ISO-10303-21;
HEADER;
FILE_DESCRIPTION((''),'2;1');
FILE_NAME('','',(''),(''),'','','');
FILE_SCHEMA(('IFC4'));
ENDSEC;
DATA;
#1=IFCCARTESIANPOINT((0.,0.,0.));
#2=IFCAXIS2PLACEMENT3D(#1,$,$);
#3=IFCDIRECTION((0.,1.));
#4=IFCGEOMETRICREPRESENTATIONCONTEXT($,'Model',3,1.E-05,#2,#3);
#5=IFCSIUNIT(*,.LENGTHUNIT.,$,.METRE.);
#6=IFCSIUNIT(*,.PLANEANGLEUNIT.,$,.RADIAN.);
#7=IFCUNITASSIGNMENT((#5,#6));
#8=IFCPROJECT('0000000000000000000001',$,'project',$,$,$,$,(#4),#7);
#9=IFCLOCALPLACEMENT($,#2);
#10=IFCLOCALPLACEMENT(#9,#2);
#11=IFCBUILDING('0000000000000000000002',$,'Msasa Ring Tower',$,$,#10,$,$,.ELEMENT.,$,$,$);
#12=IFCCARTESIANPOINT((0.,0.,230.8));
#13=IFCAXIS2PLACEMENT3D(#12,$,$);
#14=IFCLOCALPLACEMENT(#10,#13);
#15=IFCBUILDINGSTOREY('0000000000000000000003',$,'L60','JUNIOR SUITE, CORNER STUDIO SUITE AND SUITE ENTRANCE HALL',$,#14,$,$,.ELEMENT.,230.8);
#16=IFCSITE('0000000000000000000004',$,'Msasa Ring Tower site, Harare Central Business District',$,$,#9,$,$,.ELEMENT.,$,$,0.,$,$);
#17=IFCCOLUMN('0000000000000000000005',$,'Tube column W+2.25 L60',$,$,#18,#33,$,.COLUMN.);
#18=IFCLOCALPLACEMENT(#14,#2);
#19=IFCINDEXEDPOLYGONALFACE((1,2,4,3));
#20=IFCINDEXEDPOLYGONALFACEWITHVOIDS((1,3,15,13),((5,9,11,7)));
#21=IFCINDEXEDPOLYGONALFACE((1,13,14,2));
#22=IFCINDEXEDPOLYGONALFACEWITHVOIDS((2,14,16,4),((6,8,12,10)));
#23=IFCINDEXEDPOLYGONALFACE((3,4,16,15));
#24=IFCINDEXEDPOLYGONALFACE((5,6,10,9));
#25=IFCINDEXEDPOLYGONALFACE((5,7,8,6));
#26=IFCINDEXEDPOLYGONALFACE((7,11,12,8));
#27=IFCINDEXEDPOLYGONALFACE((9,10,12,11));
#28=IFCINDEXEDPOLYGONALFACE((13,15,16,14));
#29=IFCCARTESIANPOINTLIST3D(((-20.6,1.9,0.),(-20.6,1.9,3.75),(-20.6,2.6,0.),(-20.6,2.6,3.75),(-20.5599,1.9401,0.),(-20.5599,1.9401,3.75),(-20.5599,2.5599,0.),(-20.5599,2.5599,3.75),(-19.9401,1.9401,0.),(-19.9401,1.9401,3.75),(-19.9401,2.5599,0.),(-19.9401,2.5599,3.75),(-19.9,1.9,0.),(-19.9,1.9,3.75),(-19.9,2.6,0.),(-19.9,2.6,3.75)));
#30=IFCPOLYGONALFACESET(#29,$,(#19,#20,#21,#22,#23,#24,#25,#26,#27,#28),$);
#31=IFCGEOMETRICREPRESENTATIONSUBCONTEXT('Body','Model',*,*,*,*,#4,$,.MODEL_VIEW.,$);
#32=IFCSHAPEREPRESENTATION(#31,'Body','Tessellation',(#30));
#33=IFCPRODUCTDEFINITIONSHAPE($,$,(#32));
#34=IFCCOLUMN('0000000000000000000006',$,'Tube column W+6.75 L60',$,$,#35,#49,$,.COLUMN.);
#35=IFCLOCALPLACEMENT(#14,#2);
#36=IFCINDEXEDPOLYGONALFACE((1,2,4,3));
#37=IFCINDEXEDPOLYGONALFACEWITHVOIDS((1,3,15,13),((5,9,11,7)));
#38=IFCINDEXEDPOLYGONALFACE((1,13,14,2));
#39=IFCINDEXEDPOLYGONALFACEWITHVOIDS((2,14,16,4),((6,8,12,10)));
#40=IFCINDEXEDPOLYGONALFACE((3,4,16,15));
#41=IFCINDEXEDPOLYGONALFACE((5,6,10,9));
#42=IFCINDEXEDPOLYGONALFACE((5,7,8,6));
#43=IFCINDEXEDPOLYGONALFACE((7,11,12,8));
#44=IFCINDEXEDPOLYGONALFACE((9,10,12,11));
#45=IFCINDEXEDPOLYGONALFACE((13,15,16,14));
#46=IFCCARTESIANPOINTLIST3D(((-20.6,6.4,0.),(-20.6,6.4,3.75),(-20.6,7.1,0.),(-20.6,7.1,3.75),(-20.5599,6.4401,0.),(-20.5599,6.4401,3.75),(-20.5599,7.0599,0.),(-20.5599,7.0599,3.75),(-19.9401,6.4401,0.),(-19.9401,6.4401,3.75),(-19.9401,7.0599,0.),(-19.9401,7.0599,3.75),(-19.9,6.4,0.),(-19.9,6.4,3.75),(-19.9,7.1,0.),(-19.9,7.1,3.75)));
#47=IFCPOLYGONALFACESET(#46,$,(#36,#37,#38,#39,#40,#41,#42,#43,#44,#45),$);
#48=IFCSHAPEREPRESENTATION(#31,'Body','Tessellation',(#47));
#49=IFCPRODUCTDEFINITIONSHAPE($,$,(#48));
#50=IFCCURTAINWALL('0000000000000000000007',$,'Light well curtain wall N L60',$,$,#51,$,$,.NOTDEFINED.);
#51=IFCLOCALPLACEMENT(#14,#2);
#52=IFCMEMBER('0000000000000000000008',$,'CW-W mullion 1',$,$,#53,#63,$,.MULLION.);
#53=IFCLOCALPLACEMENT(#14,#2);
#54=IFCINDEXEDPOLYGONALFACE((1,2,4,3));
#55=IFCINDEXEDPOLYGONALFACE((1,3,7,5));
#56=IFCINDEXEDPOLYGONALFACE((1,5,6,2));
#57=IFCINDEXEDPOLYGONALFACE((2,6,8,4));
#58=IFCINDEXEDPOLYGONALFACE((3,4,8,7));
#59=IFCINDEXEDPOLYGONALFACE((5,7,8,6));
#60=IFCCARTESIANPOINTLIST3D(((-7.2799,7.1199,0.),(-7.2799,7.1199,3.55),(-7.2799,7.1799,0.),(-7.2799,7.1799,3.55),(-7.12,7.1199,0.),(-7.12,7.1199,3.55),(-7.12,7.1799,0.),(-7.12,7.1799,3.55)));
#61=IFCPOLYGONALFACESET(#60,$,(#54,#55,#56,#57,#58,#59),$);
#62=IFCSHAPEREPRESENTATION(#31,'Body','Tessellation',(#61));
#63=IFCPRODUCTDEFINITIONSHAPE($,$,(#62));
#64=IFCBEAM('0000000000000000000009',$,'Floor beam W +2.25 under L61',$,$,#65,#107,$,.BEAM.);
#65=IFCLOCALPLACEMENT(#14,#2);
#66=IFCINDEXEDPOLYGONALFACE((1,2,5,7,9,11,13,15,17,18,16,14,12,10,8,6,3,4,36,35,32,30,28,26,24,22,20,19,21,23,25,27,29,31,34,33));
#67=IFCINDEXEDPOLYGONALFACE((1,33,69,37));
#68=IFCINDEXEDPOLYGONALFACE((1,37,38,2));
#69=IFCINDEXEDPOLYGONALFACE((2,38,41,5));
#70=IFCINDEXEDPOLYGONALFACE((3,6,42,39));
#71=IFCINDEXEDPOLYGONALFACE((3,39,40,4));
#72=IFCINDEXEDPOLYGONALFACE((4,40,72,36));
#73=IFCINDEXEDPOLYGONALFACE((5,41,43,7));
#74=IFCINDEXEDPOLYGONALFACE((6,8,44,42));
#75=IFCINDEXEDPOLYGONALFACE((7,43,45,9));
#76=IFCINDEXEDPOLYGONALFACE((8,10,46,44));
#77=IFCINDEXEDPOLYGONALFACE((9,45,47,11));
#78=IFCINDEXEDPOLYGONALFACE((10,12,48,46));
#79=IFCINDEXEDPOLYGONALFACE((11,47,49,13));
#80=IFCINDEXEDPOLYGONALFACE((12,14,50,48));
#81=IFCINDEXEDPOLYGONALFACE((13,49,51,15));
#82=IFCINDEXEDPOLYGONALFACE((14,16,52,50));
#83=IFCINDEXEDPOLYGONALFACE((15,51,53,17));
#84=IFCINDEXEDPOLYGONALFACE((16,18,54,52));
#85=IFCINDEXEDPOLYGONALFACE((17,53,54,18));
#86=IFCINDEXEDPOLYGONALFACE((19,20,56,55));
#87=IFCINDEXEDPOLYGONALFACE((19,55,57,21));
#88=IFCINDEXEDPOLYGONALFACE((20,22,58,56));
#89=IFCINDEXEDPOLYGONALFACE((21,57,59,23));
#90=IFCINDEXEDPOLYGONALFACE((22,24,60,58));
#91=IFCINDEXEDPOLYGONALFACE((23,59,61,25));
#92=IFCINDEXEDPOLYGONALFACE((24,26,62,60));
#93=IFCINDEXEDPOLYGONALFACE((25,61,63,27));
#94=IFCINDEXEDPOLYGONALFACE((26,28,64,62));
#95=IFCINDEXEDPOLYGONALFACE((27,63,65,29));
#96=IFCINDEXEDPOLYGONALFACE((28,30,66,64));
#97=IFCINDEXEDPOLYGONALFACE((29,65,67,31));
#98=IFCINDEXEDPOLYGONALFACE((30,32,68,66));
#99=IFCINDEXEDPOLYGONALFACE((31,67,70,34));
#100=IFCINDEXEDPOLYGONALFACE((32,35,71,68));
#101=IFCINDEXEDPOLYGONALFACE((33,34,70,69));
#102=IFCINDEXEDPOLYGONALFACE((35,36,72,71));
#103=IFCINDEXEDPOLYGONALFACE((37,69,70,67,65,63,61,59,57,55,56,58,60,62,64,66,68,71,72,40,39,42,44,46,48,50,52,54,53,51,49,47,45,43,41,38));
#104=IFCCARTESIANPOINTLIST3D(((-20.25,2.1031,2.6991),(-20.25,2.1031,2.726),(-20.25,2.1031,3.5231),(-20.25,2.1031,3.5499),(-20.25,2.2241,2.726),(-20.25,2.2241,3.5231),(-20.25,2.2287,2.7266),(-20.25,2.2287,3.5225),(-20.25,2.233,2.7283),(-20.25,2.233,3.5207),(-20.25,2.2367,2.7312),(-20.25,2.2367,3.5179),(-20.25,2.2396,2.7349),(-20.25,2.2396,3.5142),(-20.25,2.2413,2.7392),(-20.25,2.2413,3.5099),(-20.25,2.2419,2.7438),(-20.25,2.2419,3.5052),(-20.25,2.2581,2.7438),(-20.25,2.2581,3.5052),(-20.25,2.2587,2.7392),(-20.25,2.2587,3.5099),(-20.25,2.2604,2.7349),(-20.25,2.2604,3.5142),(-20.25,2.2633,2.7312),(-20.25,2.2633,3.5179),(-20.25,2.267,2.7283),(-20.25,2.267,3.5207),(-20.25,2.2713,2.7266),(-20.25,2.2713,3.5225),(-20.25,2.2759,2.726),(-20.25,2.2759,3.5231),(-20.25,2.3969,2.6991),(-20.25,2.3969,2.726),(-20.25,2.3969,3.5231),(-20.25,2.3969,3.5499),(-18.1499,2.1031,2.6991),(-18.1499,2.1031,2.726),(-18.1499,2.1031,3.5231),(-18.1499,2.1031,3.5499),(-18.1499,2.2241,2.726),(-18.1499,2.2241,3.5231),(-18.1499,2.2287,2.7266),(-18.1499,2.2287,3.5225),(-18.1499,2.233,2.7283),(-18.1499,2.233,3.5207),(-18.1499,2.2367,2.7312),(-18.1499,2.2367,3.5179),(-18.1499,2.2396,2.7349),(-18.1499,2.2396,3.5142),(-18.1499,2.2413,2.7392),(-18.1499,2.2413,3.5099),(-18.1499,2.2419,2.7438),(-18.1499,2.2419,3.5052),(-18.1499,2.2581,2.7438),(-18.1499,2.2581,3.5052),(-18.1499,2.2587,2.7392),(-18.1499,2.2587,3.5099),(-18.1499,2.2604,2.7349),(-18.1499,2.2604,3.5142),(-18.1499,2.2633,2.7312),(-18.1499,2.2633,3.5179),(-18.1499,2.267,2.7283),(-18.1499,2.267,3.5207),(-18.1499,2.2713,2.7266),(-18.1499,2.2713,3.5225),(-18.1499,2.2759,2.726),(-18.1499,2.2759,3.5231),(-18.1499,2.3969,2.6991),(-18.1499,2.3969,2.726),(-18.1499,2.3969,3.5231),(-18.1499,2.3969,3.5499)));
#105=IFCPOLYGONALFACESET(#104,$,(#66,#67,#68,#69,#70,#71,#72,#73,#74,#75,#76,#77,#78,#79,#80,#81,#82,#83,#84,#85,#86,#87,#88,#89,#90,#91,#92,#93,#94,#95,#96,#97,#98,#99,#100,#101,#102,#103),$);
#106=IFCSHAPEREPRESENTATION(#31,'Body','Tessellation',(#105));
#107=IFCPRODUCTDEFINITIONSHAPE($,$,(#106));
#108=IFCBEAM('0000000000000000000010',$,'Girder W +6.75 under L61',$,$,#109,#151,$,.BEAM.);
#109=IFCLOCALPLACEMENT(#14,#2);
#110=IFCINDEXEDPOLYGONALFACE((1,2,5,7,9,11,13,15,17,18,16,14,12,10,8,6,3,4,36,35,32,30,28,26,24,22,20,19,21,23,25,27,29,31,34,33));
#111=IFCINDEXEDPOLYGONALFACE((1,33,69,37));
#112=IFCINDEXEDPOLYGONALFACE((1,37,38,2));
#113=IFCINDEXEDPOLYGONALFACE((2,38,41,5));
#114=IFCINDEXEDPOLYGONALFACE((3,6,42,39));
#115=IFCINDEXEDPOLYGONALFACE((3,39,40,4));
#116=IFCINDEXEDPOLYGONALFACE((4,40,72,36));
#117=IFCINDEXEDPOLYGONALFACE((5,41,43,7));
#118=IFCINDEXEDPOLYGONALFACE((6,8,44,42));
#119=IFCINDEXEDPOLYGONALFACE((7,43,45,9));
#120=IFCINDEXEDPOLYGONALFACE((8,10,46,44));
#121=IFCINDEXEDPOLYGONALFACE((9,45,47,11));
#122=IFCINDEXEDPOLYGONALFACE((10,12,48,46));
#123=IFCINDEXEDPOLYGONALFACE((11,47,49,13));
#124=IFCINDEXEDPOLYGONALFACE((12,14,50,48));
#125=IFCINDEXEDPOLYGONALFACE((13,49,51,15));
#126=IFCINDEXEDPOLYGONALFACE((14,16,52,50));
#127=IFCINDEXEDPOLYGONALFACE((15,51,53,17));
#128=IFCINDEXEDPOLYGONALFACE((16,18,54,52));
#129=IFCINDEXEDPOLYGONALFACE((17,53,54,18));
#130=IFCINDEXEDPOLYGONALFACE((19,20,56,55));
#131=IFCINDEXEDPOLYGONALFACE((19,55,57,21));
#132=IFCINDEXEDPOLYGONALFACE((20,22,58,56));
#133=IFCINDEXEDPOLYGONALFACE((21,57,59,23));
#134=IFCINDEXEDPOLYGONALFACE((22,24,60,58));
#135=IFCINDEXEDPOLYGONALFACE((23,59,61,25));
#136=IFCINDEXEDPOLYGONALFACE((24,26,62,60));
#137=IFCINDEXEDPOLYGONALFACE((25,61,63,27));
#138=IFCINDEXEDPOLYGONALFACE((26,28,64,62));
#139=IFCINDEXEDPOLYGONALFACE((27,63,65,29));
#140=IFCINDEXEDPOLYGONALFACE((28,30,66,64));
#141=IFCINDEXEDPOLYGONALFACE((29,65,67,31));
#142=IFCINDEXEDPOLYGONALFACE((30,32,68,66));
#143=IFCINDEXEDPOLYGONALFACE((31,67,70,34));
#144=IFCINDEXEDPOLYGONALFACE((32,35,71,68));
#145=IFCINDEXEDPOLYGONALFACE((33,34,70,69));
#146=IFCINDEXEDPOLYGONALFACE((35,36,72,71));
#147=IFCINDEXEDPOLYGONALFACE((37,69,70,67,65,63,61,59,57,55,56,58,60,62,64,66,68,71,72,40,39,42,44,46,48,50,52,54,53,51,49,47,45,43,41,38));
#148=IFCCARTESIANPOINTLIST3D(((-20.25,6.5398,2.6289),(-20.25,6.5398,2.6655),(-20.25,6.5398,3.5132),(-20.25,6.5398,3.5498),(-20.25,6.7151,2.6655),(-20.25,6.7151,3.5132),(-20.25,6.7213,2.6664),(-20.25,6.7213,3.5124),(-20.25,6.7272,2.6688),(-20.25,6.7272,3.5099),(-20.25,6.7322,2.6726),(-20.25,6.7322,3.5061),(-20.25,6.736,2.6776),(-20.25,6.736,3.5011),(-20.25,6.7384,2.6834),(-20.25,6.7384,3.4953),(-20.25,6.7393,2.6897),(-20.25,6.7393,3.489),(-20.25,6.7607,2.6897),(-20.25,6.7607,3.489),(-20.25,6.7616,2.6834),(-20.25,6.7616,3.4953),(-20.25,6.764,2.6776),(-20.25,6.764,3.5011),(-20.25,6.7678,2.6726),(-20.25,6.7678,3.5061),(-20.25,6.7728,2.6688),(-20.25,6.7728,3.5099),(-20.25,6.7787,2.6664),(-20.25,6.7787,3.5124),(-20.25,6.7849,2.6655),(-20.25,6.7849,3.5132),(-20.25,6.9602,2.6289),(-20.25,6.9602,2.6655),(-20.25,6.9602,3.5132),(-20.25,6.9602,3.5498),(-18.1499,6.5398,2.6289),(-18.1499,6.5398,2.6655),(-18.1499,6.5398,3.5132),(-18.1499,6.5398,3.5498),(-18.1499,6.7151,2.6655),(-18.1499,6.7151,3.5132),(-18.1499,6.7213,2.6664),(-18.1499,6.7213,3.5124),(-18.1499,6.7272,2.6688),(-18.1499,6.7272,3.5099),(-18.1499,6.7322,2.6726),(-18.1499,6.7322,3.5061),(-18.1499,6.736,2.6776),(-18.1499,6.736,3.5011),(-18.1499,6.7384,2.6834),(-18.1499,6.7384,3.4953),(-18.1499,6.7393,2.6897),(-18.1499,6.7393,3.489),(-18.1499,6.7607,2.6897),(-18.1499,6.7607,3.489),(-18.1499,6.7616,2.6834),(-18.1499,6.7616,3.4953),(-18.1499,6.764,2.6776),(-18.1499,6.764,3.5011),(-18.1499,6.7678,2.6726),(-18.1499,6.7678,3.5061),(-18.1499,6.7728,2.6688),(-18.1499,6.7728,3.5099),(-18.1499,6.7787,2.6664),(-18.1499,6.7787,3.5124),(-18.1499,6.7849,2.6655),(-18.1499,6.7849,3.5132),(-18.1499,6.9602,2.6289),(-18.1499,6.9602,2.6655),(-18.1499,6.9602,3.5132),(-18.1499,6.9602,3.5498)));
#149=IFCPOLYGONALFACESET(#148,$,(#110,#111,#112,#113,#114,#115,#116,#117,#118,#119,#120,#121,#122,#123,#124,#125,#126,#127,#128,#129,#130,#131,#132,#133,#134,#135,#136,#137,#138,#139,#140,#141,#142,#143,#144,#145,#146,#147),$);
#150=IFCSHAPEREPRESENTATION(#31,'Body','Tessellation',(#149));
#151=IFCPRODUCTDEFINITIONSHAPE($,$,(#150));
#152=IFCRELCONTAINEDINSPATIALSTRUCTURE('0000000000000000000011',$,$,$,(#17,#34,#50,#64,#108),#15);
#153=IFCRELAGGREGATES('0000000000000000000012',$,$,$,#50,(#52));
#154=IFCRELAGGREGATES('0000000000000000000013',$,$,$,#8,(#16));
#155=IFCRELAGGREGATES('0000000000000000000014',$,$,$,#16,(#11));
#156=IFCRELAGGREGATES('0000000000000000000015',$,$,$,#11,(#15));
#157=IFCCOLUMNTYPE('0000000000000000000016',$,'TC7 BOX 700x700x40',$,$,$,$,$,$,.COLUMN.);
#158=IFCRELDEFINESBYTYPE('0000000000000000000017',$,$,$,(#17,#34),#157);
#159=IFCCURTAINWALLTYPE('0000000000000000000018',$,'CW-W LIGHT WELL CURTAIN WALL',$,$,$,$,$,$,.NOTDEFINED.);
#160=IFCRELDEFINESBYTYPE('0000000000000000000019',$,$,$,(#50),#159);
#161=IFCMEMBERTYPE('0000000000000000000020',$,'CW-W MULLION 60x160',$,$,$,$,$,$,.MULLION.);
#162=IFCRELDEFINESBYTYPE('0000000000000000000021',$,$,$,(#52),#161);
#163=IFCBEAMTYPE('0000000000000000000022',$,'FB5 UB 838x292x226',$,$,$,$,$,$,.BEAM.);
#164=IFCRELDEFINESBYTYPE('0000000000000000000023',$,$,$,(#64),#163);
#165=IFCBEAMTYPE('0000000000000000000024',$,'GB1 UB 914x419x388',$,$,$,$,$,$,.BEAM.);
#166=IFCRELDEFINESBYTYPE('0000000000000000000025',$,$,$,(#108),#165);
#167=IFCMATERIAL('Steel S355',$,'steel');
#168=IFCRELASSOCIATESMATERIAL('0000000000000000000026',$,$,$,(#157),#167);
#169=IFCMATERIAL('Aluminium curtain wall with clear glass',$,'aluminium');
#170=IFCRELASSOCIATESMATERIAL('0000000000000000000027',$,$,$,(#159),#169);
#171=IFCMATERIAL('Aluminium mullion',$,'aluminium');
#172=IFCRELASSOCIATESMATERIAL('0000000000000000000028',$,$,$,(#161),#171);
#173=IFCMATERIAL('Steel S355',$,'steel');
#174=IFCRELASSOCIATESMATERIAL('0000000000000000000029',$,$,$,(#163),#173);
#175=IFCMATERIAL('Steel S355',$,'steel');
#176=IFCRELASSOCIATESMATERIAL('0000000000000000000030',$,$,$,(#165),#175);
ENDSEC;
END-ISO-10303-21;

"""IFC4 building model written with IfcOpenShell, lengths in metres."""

from ifc_helpers import new_model, si_unit, direction, frame, origin, origin_2d, place, context, subcontext, project, spatial, rectangle, hollow_rectangle, i_section, extrude, material, material_profile, profile_set, type_object, element, aggregate, save


model = new_model("IFC4")

# Units and contexts
model_context = context("Model", 3, precision=1e-05, world=origin(), true_north=direction((0.0, 1.0)))
body_context = subcontext(model_context, "Body", "Model", "MODEL_VIEW")
ifc_project = project(units=[si_unit("LENGTHUNIT", "METRE"), si_unit("PLANEANGLEUNIT", "RADIAN")], contexts=[model_context])

# Site, building, storey
site_placement = place(None, origin())
site = spatial("IfcSite", under=ifc_project, at=site_placement, Name="Msasa Ring Tower site, Harare Central Business District", CompositionType="ELEMENT", RefElevation=0.0)
building_placement = place(site_placement, origin())
building = spatial("IfcBuilding", under=site, at=building_placement, Name="Msasa Ring Tower", CompositionType="ELEMENT")
storey_placement = place(building_placement, frame((0.0, 0.0, 230.8)))
storey = spatial("IfcBuildingStorey", under=building, at=storey_placement, Name="L60", Description="JUNIOR SUITE, CORNER STUDIO SUITE AND SUITE ENTRANCE HALL", CompositionType="ELEMENT", Elevation=230.8)

# Columns
ifc_material_1 = material(Name="Steel S355", Category="steel")
ifc_material_profile_1 = material_profile(ifc_material_1, hollow_rectangle(XDim=0.7, YDim=0.7, WallThickness=0.04, at=origin_2d()), Name="BOX 700x700x40")
ifc_profile_set_1 = profile_set([ifc_material_profile_1], Name="Steel S355")
column_type = type_object("IfcColumnType", Name="TC7 BOX 700x700x40", PredefinedType="COLUMN", material=ifc_profile_set_1)
for number, where, z_axis, x_axis, name in (
    (1, (-20.25, 2.25, 0.0), (0.0, 0.0, 1.0), (1.0, 0.0, 0.0), "Tube column W+2.25 L60"),
    (2, (-20.25, 6.75, 0.0), (0.0, 0.0, 1.0), (1.0, 0.0, 0.0), "Tube column W+6.75 L60"),
):
    element("IfcColumn", number, at=place(storey_placement, frame(where, z_axis=z_axis, x_axis=x_axis)), inside=storey, type_object=column_type, Name=name, PredefinedType="COLUMN", context=body_context, shape_type="SweptSolid", body=[
        extrude(hollow_rectangle(XDim=0.7, YDim=0.7, WallThickness=0.04, at=origin_2d()), origin(), (0.0, 0.0, 1.0), 3.75),
    ])

# Curtain wall, member
ifc_material_2 = material(Name="Aluminium curtain wall with clear glass", Category="aluminium")
curtain_wall_type = type_object("IfcCurtainWallType", Name="CW-W LIGHT WELL CURTAIN WALL", PredefinedType="NOTDEFINED", material=ifc_material_2)
curtain_wall_placement = place(storey_placement, origin())
curtain_wall = element("IfcCurtainWall", 3, at=curtain_wall_placement, inside=storey, type_object=curtain_wall_type, Name="Light well curtain wall N L60", PredefinedType="NOTDEFINED")
ifc_material_3 = material(Name="Aluminium mullion", Category="aluminium")
ifc_material_profile_2 = material_profile(ifc_material_3, rectangle(XDim=0.0601, YDim=0.1599, at=origin_2d()), Name="AL 60x160")
ifc_profile_set_2 = profile_set([ifc_material_profile_2], Name="Aluminium mullion")
member_type = type_object("IfcMemberType", Name="CW-W MULLION 60x160", PredefinedType="MULLION", material=ifc_profile_set_2)
member_placement = place(storey_placement, frame((-7.2, 7.1499, 0.0), z_axis=(0.0, 0.0, 1.0), x_axis=(0.0, 1.0, 0.0)))
member = element("IfcMember", 4, at=member_placement, type_object=member_type, Name="CW-W mullion 1", PredefinedType="MULLION", context=body_context, shape_type="SweptSolid", body=[
    extrude(rectangle(XDim=0.0601, YDim=0.1599, at=origin_2d()), origin(), (0.0, 0.0, 1.0), 3.55),
])
aggregate(curtain_wall, [member])

# Beams
ifc_material_4 = material(Name="Steel S355", Category="steel")
ifc_material_profile_3 = material_profile(ifc_material_4, i_section(OverallWidth=0.2937, OverallDepth=0.8508, WebThickness=0.0161, FlangeThickness=0.0269, FilletRadius=0.0178, at=origin_2d()), Name="UB 838x292x226")
ifc_profile_set_3 = profile_set([ifc_material_profile_3], Name="Steel S355")
beam_type_1 = type_object("IfcBeamType", Name="FB5 UB 838x292x226", PredefinedType="BEAM", material=ifc_profile_set_3)
beam_1_placement = place(storey_placement, frame((-20.25, 2.25, 3.1245), z_axis=(1.0, 0.0, 0.0), x_axis=(0.0, 1.0, 0.0)))
element("IfcBeam", 5, at=beam_1_placement, inside=storey, type_object=beam_type_1, Name="Floor beam W +2.25 under L61", PredefinedType="BEAM", context=body_context, shape_type="SweptSolid", body=[
    extrude(i_section(OverallWidth=0.2937, OverallDepth=0.8508, WebThickness=0.0161, FlangeThickness=0.0269, FilletRadius=0.0178, at=origin_2d()), origin(), (0.0, 0.0, 1.0), 2.1001),
])
ifc_material_5 = material(Name="Steel S355", Category="steel")
ifc_material_profile_4 = material_profile(ifc_material_5, i_section(OverallWidth=0.4204, OverallDepth=0.9209, WebThickness=0.0215, FlangeThickness=0.0366, FilletRadius=0.0242, at=origin_2d()), Name="UB 914x419x388")
ifc_profile_set_4 = profile_set([ifc_material_profile_4], Name="Steel S355")
beam_type_2 = type_object("IfcBeamType", Name="GB1 UB 914x419x388", PredefinedType="BEAM", material=ifc_profile_set_4)
beam_2_placement = place(storey_placement, frame((-18.1499, 6.75, 3.0894), z_axis=(-1.0, 0.0, 0.0), x_axis=(0.0, -1.0, 0.0)))
element("IfcBeam", 6, at=beam_2_placement, inside=storey, type_object=beam_type_2, Name="Girder W +6.75 under L61", PredefinedType="BEAM", context=body_context, shape_type="SweptSolid", body=[
    extrude(i_section(OverallWidth=0.4204, OverallDepth=0.9209, WebThickness=0.0215, FlangeThickness=0.0366, FilletRadius=0.0242, at=origin_2d()), origin(), (0.0, 0.0, 1.0), 2.1001),
])

save(model, "model.ifc")
